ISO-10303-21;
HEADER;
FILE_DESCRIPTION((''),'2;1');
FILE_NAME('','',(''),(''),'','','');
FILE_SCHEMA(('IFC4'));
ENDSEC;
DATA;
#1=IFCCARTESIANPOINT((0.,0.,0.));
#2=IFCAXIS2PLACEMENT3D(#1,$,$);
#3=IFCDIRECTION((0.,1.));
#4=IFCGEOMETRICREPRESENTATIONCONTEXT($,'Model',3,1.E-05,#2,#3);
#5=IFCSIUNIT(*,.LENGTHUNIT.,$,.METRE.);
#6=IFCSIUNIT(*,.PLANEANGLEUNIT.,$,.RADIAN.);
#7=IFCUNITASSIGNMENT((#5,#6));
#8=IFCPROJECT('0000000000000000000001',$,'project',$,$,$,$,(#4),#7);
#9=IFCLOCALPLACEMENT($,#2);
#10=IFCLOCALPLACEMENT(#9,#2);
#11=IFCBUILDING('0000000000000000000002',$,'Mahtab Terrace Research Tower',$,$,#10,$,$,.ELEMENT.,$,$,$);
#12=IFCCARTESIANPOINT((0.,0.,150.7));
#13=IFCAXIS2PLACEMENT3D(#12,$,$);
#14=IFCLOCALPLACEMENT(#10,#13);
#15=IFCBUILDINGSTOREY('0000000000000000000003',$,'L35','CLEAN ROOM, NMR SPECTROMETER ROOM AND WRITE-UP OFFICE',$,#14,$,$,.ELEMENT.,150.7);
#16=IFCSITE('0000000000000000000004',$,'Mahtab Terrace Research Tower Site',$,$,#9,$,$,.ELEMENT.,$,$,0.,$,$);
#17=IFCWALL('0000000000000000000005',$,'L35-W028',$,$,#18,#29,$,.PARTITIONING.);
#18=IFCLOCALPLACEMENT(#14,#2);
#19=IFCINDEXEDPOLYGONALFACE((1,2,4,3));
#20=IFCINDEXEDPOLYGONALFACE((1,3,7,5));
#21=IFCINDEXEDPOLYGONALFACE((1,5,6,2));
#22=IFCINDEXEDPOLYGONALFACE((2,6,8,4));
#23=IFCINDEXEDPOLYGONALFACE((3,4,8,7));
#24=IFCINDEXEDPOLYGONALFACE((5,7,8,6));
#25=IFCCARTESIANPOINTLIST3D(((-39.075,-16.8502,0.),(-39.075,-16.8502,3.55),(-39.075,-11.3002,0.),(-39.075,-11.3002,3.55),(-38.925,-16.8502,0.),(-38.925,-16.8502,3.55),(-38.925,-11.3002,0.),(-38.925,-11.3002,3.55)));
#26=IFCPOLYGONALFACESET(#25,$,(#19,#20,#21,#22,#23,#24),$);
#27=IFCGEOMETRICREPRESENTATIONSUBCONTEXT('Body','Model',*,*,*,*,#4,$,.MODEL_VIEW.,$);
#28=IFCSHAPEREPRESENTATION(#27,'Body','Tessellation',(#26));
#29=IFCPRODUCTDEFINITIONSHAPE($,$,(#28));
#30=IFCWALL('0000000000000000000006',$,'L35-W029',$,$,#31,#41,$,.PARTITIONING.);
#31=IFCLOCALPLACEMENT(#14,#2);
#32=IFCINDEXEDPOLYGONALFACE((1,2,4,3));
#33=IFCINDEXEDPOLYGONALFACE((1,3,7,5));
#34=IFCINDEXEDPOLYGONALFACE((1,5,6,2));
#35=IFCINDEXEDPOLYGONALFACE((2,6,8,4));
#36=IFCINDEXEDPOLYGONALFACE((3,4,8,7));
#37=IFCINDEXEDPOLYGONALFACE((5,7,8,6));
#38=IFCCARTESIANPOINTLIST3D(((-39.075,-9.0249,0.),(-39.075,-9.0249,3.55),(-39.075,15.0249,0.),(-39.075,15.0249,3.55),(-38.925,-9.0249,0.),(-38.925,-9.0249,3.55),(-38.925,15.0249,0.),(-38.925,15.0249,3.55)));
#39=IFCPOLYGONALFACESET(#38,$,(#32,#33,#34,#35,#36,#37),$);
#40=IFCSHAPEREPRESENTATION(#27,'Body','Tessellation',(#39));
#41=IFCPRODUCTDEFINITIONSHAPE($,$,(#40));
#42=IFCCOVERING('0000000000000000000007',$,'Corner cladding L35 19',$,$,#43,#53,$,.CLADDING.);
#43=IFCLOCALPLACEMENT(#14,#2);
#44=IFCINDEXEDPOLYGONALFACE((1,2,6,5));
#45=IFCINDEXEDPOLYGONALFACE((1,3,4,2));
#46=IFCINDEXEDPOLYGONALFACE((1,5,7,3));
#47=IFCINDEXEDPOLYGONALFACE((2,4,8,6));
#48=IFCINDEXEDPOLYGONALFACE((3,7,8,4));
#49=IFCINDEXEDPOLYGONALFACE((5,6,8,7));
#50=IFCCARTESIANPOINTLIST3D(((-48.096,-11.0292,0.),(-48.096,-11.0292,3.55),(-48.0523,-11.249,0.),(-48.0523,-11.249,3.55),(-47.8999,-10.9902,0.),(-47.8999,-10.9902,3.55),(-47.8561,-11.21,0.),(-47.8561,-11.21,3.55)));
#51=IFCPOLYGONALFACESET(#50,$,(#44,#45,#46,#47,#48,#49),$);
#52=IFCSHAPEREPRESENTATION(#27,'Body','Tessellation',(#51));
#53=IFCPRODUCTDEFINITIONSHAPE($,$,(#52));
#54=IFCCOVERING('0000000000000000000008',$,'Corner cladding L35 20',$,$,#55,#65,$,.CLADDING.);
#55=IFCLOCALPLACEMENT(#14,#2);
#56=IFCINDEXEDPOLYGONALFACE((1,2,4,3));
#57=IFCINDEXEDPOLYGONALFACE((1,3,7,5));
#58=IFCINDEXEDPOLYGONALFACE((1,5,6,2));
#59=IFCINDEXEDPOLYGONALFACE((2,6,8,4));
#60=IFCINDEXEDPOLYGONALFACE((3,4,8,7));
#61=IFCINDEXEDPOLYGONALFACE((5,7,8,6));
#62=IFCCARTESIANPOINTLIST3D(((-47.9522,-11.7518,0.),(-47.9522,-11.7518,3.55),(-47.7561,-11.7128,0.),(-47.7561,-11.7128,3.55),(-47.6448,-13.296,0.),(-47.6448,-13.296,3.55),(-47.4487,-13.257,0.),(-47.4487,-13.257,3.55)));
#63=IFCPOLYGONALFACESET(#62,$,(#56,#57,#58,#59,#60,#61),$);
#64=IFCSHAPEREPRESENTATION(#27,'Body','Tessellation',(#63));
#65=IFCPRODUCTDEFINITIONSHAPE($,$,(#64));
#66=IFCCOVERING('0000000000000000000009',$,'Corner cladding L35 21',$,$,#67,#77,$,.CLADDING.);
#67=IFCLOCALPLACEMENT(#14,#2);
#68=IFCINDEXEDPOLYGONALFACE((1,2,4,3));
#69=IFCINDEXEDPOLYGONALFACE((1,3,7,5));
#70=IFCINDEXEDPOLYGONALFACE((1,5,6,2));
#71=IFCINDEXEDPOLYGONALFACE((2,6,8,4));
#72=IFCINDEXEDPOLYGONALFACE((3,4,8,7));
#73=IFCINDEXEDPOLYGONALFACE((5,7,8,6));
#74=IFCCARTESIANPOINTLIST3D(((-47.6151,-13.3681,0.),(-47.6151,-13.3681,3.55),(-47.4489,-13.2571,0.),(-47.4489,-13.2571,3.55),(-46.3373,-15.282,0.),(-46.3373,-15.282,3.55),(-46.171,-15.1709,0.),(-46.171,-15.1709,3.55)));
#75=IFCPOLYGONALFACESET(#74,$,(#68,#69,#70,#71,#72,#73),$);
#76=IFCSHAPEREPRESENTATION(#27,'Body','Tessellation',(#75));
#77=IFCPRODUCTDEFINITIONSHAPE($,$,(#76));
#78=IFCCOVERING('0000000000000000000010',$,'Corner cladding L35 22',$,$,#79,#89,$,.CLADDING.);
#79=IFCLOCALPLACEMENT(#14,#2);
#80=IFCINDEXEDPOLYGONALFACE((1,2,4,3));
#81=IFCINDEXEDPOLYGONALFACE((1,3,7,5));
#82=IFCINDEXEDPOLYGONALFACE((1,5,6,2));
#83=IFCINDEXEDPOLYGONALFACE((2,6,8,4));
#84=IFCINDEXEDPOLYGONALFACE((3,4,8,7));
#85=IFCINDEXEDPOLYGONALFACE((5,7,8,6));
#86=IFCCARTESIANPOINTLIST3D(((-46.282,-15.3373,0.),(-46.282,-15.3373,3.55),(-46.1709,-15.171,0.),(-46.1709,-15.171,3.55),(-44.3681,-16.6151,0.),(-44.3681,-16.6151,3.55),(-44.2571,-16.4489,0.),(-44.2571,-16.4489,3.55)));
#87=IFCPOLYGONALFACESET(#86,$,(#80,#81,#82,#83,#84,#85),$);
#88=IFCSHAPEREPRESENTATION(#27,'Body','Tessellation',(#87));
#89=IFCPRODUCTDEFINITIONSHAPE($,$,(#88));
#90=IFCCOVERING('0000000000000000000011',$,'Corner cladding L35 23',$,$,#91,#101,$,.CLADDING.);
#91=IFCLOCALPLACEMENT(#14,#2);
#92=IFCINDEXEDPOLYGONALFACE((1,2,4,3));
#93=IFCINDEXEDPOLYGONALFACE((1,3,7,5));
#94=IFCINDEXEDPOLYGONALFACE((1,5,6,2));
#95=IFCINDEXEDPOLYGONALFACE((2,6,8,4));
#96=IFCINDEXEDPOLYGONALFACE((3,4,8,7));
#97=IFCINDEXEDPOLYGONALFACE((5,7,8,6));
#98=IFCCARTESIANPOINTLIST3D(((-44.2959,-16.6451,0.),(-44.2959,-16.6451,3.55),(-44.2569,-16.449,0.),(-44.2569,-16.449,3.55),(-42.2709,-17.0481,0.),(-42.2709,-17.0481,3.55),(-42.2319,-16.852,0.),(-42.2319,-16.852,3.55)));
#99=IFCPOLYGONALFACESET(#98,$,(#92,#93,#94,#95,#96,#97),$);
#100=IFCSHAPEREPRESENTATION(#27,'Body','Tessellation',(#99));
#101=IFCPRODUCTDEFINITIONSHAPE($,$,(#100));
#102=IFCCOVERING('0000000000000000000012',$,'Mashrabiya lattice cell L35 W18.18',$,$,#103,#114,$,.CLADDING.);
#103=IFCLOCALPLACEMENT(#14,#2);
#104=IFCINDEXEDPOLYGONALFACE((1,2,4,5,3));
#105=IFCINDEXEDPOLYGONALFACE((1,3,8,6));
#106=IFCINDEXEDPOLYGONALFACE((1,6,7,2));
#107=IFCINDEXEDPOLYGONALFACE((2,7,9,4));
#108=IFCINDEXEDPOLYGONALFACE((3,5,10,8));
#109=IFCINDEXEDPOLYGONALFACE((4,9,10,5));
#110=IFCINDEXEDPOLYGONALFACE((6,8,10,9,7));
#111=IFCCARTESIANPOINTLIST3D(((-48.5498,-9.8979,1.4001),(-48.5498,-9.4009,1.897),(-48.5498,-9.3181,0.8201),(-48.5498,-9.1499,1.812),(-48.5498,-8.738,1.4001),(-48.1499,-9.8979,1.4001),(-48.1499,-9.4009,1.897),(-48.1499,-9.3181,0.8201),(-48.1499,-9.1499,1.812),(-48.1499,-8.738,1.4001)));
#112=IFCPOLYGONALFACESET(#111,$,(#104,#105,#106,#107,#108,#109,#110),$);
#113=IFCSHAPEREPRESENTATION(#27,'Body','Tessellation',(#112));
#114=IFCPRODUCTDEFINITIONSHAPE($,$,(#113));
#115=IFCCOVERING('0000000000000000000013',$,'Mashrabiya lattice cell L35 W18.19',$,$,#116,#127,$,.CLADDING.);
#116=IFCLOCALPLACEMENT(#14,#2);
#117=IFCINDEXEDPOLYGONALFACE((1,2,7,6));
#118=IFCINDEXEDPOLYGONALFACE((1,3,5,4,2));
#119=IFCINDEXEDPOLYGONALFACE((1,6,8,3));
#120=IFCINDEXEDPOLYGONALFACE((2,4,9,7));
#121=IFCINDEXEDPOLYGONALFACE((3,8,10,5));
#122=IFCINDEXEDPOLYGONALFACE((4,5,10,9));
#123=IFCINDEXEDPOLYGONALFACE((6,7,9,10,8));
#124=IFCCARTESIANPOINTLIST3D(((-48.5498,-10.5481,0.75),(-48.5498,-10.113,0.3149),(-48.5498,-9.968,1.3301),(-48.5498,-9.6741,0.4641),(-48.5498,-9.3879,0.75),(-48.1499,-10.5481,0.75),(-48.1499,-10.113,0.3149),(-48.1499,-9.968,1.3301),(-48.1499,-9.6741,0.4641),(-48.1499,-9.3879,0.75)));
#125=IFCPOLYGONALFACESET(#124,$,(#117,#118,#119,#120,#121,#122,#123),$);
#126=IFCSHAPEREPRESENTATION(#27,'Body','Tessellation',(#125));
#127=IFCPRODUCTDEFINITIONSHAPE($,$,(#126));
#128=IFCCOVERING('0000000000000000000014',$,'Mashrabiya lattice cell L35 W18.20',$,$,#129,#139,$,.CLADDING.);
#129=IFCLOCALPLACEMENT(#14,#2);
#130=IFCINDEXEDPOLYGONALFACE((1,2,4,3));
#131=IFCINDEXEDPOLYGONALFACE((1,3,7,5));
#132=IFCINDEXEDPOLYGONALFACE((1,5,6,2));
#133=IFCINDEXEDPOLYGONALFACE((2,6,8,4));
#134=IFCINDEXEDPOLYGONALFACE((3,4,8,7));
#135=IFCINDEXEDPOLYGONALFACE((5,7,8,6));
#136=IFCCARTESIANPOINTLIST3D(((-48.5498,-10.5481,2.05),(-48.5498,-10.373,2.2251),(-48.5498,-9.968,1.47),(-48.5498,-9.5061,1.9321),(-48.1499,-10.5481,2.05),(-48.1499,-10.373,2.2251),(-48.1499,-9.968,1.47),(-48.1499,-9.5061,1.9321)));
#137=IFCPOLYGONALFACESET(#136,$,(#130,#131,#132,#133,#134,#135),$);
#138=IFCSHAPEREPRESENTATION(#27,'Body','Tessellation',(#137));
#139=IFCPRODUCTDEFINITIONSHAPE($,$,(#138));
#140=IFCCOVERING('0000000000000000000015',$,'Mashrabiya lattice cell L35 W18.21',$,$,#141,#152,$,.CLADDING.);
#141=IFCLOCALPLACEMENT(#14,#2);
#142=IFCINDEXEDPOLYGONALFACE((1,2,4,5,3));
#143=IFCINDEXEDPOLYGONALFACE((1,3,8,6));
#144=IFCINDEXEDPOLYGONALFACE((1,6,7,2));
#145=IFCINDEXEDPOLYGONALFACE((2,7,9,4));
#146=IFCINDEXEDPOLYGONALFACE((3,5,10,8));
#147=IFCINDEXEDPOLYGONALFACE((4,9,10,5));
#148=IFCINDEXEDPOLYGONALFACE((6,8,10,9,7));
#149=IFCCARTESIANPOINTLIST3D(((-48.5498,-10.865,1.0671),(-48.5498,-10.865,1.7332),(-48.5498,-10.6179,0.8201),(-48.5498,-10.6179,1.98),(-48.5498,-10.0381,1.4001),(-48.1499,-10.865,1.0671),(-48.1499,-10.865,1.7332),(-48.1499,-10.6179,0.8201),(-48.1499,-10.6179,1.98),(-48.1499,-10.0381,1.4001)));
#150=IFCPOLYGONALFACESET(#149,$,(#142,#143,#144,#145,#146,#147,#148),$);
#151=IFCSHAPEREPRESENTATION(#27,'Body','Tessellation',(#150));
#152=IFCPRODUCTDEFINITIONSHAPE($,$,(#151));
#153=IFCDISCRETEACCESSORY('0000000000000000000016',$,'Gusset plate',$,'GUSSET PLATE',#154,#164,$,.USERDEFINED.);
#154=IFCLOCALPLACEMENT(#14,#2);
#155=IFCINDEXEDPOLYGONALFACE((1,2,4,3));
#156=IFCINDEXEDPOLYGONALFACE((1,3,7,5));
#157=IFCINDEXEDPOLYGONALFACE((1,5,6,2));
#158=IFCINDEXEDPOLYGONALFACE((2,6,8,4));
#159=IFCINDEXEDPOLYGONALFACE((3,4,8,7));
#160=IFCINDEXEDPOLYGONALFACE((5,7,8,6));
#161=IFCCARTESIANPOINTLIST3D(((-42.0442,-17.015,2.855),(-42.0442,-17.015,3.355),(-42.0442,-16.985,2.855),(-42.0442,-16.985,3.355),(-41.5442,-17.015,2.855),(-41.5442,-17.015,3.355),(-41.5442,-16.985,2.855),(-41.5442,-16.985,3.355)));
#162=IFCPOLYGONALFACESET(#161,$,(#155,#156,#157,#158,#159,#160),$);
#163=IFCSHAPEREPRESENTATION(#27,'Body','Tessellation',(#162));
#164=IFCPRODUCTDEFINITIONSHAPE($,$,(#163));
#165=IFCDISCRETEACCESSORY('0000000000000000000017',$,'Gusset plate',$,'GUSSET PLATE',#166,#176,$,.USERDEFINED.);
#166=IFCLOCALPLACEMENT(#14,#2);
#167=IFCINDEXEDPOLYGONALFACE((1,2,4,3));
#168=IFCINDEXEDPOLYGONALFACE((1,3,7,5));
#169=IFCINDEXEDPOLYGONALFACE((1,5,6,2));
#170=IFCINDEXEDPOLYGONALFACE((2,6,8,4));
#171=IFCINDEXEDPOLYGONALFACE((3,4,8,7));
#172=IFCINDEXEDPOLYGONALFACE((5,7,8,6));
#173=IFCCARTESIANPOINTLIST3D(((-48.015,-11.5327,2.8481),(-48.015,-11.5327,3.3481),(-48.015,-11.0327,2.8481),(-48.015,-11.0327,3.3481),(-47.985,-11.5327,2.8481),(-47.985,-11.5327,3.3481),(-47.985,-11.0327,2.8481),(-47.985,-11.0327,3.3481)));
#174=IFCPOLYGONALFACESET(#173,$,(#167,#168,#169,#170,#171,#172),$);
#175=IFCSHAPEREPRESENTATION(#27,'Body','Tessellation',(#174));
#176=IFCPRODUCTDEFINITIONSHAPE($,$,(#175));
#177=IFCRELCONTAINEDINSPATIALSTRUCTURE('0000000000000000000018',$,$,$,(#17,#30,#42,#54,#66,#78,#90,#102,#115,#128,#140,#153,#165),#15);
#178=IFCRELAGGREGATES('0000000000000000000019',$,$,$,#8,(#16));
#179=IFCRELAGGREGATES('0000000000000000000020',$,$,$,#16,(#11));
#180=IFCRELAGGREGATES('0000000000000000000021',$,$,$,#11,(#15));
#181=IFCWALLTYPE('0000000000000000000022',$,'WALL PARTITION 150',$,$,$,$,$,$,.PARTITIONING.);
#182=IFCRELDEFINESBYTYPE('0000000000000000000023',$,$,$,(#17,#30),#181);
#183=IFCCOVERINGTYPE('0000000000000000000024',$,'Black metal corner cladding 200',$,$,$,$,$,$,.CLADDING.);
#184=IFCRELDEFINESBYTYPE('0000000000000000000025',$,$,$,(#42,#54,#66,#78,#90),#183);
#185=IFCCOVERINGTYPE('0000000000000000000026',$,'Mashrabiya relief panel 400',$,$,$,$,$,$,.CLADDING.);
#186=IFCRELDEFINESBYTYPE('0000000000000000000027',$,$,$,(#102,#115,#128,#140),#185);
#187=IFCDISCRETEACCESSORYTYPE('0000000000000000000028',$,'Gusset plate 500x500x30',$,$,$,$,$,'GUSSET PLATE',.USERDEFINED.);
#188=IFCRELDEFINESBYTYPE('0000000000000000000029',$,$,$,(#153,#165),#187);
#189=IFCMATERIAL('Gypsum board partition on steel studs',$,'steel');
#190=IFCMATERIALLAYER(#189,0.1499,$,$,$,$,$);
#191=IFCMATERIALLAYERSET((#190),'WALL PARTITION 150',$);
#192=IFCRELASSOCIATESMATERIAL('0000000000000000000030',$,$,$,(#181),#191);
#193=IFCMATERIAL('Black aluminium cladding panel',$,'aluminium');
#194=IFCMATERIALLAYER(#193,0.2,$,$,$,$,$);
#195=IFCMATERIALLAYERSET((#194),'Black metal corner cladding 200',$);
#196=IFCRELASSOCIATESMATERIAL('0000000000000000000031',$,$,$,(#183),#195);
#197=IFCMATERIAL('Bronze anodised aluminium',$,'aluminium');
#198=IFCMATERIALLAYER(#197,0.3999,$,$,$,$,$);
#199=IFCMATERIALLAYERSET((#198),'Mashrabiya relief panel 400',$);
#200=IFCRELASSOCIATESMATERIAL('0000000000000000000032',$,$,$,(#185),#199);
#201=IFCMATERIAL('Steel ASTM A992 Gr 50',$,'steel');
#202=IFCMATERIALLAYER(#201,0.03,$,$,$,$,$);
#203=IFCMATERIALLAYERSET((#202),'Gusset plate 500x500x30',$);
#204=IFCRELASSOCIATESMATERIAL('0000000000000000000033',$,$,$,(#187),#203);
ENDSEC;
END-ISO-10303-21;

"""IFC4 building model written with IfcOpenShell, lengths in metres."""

from ifc_helpers import new_model, si_unit, direction, frame, frame_2d, origin, origin_2d, place, context, subcontext, project, spatial, polyline, rectangle, outline, extrude, material, layer, layer_set, type_object, element, save


model = new_model("IFC4")

# Units and contexts
model_context = context("Model", 3, precision=1e-05, world=origin(), true_north=direction((0.0, 1.0)))
body_context = subcontext(model_context, "Body", "Model", "MODEL_VIEW")
ifc_project = project(units=[si_unit("LENGTHUNIT", "METRE"), si_unit("PLANEANGLEUNIT", "RADIAN")], contexts=[model_context])

# Site, building, storey
site_placement = place(None, origin())
site = spatial("IfcSite", under=ifc_project, at=site_placement, Name="Mahtab Terrace Research Tower Site", CompositionType="ELEMENT", RefElevation=0.0)
building_placement = place(site_placement, origin())
building = spatial("IfcBuilding", under=site, at=building_placement, Name="Mahtab Terrace Research Tower", CompositionType="ELEMENT")
storey_placement = place(building_placement, frame((0.0, 0.0, 150.7)))
storey = spatial("IfcBuildingStorey", under=building, at=storey_placement, Name="L35", Description="CLEAN ROOM, NMR SPECTROMETER ROOM AND WRITE-UP OFFICE", CompositionType="ELEMENT", Elevation=150.7)

# Shared definitions
ifc_material_1 = material(Name="Steel ASTM A992 Gr 50", Category="steel")

# Shared definitions
ifc_material_2 = material(Name="Black aluminium cladding panel", Category="aluminium")

# Walls
ifc_material_3 = material(Name="Gypsum board partition on steel studs", Category="steel")
ifc_layer_1 = layer(ifc_material_3, 0.1499)
ifc_layer_set_1 = layer_set([ifc_layer_1], Name="WALL PARTITION 150")
wall_type_1 = type_object("IfcWallType", Name="WALL PARTITION 150", PredefinedType="PARTITIONING", material=ifc_layer_set_1)
wall_1_placement = place(storey_placement, frame((-39.0, -16.8501, 0.0), z_axis=(0.0, 0.0, 1.0), x_axis=(0.0, 1.0, 0.0)))
element("IfcWall", 1, at=wall_1_placement, inside=storey, type_object=wall_type_1, Name="L35-W028", PredefinedType="PARTITIONING", context=body_context, shape_type="SweptSolid", body=[
    extrude(rectangle(XDim=5.55, YDim=0.1499, at=frame_2d((2.7749, 0.0))), origin(), (0.0, 0.0, 1.0), 3.55),
])
wall_2_placement = place(storey_placement, frame((-39.0, -9.0249, 0.0), z_axis=(0.0, 0.0, 1.0), x_axis=(0.0, 1.0, 0.0)))
element("IfcWall", 2, at=wall_2_placement, inside=storey, type_object=wall_type_1, Name="L35-W029", PredefinedType="PARTITIONING", context=body_context, shape_type="SweptSolid", body=[
    extrude(rectangle(XDim=24.0498, YDim=0.1499, at=frame_2d((12.0249, 0.0))), origin(), (0.0, 0.0, 1.0), 3.55),
])

# Coverings
ifc_layer_2 = layer(ifc_material_2, 0.2)
ifc_layer_set_2 = layer_set([ifc_layer_2], Name="Black metal corner cladding 200")
covering_type_1 = type_object("IfcCoveringType", Name="Black metal corner cladding 200", PredefinedType="CLADDING", material=ifc_layer_set_2)
covering_1_placement = place(storey_placement, frame((-47.9761, -11.1196, 0.0), z_axis=(0.0, 0.0, 1.0), x_axis=(0.195212, -0.980761, 0.0)))
element("IfcCovering", 3, at=covering_1_placement, inside=storey, type_object=covering_type_1, Name="Corner cladding L35 19", PredefinedType="CLADDING", context=body_context, shape_type="SweptSolid", body=[
    extrude(rectangle(XDim=0.2241, YDim=0.2, at=origin_2d()), origin(), (0.0, 0.0, 1.0), 3.55),
])
covering_2_placement = place(storey_placement, frame((-47.7004, -12.5044, 0.0), z_axis=(0.0, 0.0, 1.0), x_axis=(0.195212, -0.980761, 0.0)))
element("IfcCovering", 4, at=covering_2_placement, inside=storey, type_object=covering_type_1, Name="Corner cladding L35 20", PredefinedType="CLADDING", context=body_context, shape_type="SweptSolid", body=[
    extrude(rectangle(XDim=1.5745, YDim=0.2, at=origin_2d()), origin(), (0.0, 0.0, 1.0), 3.55),
])
for number, where, z_axis, x_axis, name in (
    (5, (-46.8931, -14.2695, 0.0), (0.0, 0.0, 1.0), (0.555291, -0.831656, 0.0), "Corner cladding L35 21"),
    (6, (-45.2695, -15.8931, 0.0), (0.0, 0.0, 1.0), (0.831656, -0.555291, 0.0), "Corner cladding L35 22"),
):
    element("IfcCovering", number, at=place(storey_placement, frame(where, z_axis=z_axis, x_axis=x_axis)), inside=storey, type_object=covering_type_1, Name=name, PredefinedType="CLADDING", context=body_context, shape_type="SweptSolid", body=[
        extrude(rectangle(XDim=2.3013, YDim=0.2, at=origin_2d()), origin(), (0.0, 0.0, 1.0), 3.55),
    ])
covering_3_placement = place(storey_placement, frame((-43.2639, -16.7485, 0.0), z_axis=(0.0, 0.0, 1.0), x_axis=(0.980761, -0.195212, 0.0)))
element("IfcCovering", 7, at=covering_3_placement, inside=storey, type_object=covering_type_1, Name="Corner cladding L35 23", PredefinedType="CLADDING", context=body_context, shape_type="SweptSolid", body=[
    extrude(rectangle(XDim=2.0647, YDim=0.2, at=origin_2d()), origin(), (0.0, 0.0, 1.0), 3.55),
])
ifc_material_4 = material(Name="Bronze anodised aluminium", Category="aluminium")
ifc_layer_3 = layer(ifc_material_4, 0.3999)
ifc_layer_set_3 = layer_set([ifc_layer_3], Name="Mashrabiya relief panel 400")
covering_type_2 = type_object("IfcCoveringType", Name="Mashrabiya relief panel 400", PredefinedType="CLADDING", material=ifc_layer_set_3)
covering_4_placement = place(storey_placement, frame((-48.1499, -9.8979, 1.4001), z_axis=(1.0, 0.0, 0.0), x_axis=(0.0, 0.706958, -0.707256)))
element("IfcCovering", 8, at=covering_4_placement, inside=storey, type_object=covering_type_2, Name="Mashrabiya lattice cell L35 W18.18", PredefinedType="CLADDING", context=body_context, shape_type="SweptSolid", body=[
    extrude(outline(polyline([(0.0, 0.0), (0.8202, 0.0), (0.82, 0.8204), (0.2375, 0.8202), (0.0, 0.7028), (0.0, 0.0)])), origin(), (0.0, 0.0, -1.0), 0.3999),
])
covering_5_placement = place(storey_placement, frame((-48.1499, -9.3879, 0.75), z_axis=(1.0, 0.0, 0.0), x_axis=(0.0, -0.707107, 0.707107)))
element("IfcCovering", 9, at=covering_5_placement, inside=storey, type_object=covering_type_2, Name="Mashrabiya lattice cell L35 W18.19", PredefinedType="CLADDING", context=body_context, shape_type="SweptSolid", body=[
    extrude(outline(polyline([(0.0, 0.0), (0.8204, 0.0), (0.8204, 0.8204), (0.2051, 0.8204), (0.0002, 0.4045), (0.0, 0.0)])), origin(), (0.0, 0.0, -1.0), 0.3999),
])
covering_6_placement = place(storey_placement, frame((-48.1499, -10.5481, 2.05), z_axis=(1.0, 0.0, 0.0), x_axis=(0.0, 0.707107, -0.707107)))
element("IfcCovering", 10, at=covering_6_placement, inside=storey, type_object=covering_type_2, Name="Mashrabiya lattice cell L35 W18.20", PredefinedType="CLADDING", context=body_context, shape_type="SweptSolid", body=[
    extrude(outline(polyline([(0.0, 0.0), (0.8204, 0.0), (0.8202, 0.6534), (0.0, 0.2476), (0.0, 0.0)])), origin(), (0.0, 0.0, -1.0), 0.3999),
])
covering_7_placement = place(storey_placement, frame((-48.1499, -10.6179, 0.8201), z_axis=(1.0, 0.0, 0.0), x_axis=(0.0, 0.706958, 0.707256)))
element("IfcCovering", 11, at=covering_7_placement, inside=storey, type_object=covering_type_2, Name="Mashrabiya lattice cell L35 W18.21", PredefinedType="CLADDING", context=body_context, shape_type="SweptSolid", body=[
    extrude(outline(polyline([(0.0, 0.0), (0.8202, 0.0), (0.8204, 0.82), (0.4711, 0.8203), (0.0001, 0.3494), (0.0, 0.0)])), origin(), (0.0, 0.0, -1.0), 0.3999),
])

# Discrete accessories
ifc_layer_4 = layer(ifc_material_1, 0.03)
ifc_layer_set_4 = layer_set([ifc_layer_4], Name="Gusset plate 500x500x30")
discrete_accessory_type = type_object("IfcDiscreteAccessoryType", Name="Gusset plate 500x500x30", ElementType="GUSSET PLATE", PredefinedType="USERDEFINED", material=ifc_layer_set_4)
for number, where, z_axis, x_axis, name in (
    (12, (-41.7942, -17.0, 2.855), (0.0, 0.0, 1.0), (1.0, 0.0, 0.0), "Gusset plate"),
    (13, (-48.0, -11.2827, 2.8481), (0.0, 0.0, 1.0), (0.0, 1.0, 0.0), "Gusset plate"),
):
    element("IfcDiscreteAccessory", number, at=place(storey_placement, frame(where, z_axis=z_axis, x_axis=x_axis)), inside=storey, type_object=discrete_accessory_type, Name=name, ObjectType="GUSSET PLATE", PredefinedType="USERDEFINED", context=body_context, shape_type="SweptSolid", body=[
        extrude(rectangle(XDim=0.5, YDim=0.03, at=origin_2d()), origin(), (0.0, 0.0, 1.0), 0.5),
    ])

save(model, "model.ifc")
